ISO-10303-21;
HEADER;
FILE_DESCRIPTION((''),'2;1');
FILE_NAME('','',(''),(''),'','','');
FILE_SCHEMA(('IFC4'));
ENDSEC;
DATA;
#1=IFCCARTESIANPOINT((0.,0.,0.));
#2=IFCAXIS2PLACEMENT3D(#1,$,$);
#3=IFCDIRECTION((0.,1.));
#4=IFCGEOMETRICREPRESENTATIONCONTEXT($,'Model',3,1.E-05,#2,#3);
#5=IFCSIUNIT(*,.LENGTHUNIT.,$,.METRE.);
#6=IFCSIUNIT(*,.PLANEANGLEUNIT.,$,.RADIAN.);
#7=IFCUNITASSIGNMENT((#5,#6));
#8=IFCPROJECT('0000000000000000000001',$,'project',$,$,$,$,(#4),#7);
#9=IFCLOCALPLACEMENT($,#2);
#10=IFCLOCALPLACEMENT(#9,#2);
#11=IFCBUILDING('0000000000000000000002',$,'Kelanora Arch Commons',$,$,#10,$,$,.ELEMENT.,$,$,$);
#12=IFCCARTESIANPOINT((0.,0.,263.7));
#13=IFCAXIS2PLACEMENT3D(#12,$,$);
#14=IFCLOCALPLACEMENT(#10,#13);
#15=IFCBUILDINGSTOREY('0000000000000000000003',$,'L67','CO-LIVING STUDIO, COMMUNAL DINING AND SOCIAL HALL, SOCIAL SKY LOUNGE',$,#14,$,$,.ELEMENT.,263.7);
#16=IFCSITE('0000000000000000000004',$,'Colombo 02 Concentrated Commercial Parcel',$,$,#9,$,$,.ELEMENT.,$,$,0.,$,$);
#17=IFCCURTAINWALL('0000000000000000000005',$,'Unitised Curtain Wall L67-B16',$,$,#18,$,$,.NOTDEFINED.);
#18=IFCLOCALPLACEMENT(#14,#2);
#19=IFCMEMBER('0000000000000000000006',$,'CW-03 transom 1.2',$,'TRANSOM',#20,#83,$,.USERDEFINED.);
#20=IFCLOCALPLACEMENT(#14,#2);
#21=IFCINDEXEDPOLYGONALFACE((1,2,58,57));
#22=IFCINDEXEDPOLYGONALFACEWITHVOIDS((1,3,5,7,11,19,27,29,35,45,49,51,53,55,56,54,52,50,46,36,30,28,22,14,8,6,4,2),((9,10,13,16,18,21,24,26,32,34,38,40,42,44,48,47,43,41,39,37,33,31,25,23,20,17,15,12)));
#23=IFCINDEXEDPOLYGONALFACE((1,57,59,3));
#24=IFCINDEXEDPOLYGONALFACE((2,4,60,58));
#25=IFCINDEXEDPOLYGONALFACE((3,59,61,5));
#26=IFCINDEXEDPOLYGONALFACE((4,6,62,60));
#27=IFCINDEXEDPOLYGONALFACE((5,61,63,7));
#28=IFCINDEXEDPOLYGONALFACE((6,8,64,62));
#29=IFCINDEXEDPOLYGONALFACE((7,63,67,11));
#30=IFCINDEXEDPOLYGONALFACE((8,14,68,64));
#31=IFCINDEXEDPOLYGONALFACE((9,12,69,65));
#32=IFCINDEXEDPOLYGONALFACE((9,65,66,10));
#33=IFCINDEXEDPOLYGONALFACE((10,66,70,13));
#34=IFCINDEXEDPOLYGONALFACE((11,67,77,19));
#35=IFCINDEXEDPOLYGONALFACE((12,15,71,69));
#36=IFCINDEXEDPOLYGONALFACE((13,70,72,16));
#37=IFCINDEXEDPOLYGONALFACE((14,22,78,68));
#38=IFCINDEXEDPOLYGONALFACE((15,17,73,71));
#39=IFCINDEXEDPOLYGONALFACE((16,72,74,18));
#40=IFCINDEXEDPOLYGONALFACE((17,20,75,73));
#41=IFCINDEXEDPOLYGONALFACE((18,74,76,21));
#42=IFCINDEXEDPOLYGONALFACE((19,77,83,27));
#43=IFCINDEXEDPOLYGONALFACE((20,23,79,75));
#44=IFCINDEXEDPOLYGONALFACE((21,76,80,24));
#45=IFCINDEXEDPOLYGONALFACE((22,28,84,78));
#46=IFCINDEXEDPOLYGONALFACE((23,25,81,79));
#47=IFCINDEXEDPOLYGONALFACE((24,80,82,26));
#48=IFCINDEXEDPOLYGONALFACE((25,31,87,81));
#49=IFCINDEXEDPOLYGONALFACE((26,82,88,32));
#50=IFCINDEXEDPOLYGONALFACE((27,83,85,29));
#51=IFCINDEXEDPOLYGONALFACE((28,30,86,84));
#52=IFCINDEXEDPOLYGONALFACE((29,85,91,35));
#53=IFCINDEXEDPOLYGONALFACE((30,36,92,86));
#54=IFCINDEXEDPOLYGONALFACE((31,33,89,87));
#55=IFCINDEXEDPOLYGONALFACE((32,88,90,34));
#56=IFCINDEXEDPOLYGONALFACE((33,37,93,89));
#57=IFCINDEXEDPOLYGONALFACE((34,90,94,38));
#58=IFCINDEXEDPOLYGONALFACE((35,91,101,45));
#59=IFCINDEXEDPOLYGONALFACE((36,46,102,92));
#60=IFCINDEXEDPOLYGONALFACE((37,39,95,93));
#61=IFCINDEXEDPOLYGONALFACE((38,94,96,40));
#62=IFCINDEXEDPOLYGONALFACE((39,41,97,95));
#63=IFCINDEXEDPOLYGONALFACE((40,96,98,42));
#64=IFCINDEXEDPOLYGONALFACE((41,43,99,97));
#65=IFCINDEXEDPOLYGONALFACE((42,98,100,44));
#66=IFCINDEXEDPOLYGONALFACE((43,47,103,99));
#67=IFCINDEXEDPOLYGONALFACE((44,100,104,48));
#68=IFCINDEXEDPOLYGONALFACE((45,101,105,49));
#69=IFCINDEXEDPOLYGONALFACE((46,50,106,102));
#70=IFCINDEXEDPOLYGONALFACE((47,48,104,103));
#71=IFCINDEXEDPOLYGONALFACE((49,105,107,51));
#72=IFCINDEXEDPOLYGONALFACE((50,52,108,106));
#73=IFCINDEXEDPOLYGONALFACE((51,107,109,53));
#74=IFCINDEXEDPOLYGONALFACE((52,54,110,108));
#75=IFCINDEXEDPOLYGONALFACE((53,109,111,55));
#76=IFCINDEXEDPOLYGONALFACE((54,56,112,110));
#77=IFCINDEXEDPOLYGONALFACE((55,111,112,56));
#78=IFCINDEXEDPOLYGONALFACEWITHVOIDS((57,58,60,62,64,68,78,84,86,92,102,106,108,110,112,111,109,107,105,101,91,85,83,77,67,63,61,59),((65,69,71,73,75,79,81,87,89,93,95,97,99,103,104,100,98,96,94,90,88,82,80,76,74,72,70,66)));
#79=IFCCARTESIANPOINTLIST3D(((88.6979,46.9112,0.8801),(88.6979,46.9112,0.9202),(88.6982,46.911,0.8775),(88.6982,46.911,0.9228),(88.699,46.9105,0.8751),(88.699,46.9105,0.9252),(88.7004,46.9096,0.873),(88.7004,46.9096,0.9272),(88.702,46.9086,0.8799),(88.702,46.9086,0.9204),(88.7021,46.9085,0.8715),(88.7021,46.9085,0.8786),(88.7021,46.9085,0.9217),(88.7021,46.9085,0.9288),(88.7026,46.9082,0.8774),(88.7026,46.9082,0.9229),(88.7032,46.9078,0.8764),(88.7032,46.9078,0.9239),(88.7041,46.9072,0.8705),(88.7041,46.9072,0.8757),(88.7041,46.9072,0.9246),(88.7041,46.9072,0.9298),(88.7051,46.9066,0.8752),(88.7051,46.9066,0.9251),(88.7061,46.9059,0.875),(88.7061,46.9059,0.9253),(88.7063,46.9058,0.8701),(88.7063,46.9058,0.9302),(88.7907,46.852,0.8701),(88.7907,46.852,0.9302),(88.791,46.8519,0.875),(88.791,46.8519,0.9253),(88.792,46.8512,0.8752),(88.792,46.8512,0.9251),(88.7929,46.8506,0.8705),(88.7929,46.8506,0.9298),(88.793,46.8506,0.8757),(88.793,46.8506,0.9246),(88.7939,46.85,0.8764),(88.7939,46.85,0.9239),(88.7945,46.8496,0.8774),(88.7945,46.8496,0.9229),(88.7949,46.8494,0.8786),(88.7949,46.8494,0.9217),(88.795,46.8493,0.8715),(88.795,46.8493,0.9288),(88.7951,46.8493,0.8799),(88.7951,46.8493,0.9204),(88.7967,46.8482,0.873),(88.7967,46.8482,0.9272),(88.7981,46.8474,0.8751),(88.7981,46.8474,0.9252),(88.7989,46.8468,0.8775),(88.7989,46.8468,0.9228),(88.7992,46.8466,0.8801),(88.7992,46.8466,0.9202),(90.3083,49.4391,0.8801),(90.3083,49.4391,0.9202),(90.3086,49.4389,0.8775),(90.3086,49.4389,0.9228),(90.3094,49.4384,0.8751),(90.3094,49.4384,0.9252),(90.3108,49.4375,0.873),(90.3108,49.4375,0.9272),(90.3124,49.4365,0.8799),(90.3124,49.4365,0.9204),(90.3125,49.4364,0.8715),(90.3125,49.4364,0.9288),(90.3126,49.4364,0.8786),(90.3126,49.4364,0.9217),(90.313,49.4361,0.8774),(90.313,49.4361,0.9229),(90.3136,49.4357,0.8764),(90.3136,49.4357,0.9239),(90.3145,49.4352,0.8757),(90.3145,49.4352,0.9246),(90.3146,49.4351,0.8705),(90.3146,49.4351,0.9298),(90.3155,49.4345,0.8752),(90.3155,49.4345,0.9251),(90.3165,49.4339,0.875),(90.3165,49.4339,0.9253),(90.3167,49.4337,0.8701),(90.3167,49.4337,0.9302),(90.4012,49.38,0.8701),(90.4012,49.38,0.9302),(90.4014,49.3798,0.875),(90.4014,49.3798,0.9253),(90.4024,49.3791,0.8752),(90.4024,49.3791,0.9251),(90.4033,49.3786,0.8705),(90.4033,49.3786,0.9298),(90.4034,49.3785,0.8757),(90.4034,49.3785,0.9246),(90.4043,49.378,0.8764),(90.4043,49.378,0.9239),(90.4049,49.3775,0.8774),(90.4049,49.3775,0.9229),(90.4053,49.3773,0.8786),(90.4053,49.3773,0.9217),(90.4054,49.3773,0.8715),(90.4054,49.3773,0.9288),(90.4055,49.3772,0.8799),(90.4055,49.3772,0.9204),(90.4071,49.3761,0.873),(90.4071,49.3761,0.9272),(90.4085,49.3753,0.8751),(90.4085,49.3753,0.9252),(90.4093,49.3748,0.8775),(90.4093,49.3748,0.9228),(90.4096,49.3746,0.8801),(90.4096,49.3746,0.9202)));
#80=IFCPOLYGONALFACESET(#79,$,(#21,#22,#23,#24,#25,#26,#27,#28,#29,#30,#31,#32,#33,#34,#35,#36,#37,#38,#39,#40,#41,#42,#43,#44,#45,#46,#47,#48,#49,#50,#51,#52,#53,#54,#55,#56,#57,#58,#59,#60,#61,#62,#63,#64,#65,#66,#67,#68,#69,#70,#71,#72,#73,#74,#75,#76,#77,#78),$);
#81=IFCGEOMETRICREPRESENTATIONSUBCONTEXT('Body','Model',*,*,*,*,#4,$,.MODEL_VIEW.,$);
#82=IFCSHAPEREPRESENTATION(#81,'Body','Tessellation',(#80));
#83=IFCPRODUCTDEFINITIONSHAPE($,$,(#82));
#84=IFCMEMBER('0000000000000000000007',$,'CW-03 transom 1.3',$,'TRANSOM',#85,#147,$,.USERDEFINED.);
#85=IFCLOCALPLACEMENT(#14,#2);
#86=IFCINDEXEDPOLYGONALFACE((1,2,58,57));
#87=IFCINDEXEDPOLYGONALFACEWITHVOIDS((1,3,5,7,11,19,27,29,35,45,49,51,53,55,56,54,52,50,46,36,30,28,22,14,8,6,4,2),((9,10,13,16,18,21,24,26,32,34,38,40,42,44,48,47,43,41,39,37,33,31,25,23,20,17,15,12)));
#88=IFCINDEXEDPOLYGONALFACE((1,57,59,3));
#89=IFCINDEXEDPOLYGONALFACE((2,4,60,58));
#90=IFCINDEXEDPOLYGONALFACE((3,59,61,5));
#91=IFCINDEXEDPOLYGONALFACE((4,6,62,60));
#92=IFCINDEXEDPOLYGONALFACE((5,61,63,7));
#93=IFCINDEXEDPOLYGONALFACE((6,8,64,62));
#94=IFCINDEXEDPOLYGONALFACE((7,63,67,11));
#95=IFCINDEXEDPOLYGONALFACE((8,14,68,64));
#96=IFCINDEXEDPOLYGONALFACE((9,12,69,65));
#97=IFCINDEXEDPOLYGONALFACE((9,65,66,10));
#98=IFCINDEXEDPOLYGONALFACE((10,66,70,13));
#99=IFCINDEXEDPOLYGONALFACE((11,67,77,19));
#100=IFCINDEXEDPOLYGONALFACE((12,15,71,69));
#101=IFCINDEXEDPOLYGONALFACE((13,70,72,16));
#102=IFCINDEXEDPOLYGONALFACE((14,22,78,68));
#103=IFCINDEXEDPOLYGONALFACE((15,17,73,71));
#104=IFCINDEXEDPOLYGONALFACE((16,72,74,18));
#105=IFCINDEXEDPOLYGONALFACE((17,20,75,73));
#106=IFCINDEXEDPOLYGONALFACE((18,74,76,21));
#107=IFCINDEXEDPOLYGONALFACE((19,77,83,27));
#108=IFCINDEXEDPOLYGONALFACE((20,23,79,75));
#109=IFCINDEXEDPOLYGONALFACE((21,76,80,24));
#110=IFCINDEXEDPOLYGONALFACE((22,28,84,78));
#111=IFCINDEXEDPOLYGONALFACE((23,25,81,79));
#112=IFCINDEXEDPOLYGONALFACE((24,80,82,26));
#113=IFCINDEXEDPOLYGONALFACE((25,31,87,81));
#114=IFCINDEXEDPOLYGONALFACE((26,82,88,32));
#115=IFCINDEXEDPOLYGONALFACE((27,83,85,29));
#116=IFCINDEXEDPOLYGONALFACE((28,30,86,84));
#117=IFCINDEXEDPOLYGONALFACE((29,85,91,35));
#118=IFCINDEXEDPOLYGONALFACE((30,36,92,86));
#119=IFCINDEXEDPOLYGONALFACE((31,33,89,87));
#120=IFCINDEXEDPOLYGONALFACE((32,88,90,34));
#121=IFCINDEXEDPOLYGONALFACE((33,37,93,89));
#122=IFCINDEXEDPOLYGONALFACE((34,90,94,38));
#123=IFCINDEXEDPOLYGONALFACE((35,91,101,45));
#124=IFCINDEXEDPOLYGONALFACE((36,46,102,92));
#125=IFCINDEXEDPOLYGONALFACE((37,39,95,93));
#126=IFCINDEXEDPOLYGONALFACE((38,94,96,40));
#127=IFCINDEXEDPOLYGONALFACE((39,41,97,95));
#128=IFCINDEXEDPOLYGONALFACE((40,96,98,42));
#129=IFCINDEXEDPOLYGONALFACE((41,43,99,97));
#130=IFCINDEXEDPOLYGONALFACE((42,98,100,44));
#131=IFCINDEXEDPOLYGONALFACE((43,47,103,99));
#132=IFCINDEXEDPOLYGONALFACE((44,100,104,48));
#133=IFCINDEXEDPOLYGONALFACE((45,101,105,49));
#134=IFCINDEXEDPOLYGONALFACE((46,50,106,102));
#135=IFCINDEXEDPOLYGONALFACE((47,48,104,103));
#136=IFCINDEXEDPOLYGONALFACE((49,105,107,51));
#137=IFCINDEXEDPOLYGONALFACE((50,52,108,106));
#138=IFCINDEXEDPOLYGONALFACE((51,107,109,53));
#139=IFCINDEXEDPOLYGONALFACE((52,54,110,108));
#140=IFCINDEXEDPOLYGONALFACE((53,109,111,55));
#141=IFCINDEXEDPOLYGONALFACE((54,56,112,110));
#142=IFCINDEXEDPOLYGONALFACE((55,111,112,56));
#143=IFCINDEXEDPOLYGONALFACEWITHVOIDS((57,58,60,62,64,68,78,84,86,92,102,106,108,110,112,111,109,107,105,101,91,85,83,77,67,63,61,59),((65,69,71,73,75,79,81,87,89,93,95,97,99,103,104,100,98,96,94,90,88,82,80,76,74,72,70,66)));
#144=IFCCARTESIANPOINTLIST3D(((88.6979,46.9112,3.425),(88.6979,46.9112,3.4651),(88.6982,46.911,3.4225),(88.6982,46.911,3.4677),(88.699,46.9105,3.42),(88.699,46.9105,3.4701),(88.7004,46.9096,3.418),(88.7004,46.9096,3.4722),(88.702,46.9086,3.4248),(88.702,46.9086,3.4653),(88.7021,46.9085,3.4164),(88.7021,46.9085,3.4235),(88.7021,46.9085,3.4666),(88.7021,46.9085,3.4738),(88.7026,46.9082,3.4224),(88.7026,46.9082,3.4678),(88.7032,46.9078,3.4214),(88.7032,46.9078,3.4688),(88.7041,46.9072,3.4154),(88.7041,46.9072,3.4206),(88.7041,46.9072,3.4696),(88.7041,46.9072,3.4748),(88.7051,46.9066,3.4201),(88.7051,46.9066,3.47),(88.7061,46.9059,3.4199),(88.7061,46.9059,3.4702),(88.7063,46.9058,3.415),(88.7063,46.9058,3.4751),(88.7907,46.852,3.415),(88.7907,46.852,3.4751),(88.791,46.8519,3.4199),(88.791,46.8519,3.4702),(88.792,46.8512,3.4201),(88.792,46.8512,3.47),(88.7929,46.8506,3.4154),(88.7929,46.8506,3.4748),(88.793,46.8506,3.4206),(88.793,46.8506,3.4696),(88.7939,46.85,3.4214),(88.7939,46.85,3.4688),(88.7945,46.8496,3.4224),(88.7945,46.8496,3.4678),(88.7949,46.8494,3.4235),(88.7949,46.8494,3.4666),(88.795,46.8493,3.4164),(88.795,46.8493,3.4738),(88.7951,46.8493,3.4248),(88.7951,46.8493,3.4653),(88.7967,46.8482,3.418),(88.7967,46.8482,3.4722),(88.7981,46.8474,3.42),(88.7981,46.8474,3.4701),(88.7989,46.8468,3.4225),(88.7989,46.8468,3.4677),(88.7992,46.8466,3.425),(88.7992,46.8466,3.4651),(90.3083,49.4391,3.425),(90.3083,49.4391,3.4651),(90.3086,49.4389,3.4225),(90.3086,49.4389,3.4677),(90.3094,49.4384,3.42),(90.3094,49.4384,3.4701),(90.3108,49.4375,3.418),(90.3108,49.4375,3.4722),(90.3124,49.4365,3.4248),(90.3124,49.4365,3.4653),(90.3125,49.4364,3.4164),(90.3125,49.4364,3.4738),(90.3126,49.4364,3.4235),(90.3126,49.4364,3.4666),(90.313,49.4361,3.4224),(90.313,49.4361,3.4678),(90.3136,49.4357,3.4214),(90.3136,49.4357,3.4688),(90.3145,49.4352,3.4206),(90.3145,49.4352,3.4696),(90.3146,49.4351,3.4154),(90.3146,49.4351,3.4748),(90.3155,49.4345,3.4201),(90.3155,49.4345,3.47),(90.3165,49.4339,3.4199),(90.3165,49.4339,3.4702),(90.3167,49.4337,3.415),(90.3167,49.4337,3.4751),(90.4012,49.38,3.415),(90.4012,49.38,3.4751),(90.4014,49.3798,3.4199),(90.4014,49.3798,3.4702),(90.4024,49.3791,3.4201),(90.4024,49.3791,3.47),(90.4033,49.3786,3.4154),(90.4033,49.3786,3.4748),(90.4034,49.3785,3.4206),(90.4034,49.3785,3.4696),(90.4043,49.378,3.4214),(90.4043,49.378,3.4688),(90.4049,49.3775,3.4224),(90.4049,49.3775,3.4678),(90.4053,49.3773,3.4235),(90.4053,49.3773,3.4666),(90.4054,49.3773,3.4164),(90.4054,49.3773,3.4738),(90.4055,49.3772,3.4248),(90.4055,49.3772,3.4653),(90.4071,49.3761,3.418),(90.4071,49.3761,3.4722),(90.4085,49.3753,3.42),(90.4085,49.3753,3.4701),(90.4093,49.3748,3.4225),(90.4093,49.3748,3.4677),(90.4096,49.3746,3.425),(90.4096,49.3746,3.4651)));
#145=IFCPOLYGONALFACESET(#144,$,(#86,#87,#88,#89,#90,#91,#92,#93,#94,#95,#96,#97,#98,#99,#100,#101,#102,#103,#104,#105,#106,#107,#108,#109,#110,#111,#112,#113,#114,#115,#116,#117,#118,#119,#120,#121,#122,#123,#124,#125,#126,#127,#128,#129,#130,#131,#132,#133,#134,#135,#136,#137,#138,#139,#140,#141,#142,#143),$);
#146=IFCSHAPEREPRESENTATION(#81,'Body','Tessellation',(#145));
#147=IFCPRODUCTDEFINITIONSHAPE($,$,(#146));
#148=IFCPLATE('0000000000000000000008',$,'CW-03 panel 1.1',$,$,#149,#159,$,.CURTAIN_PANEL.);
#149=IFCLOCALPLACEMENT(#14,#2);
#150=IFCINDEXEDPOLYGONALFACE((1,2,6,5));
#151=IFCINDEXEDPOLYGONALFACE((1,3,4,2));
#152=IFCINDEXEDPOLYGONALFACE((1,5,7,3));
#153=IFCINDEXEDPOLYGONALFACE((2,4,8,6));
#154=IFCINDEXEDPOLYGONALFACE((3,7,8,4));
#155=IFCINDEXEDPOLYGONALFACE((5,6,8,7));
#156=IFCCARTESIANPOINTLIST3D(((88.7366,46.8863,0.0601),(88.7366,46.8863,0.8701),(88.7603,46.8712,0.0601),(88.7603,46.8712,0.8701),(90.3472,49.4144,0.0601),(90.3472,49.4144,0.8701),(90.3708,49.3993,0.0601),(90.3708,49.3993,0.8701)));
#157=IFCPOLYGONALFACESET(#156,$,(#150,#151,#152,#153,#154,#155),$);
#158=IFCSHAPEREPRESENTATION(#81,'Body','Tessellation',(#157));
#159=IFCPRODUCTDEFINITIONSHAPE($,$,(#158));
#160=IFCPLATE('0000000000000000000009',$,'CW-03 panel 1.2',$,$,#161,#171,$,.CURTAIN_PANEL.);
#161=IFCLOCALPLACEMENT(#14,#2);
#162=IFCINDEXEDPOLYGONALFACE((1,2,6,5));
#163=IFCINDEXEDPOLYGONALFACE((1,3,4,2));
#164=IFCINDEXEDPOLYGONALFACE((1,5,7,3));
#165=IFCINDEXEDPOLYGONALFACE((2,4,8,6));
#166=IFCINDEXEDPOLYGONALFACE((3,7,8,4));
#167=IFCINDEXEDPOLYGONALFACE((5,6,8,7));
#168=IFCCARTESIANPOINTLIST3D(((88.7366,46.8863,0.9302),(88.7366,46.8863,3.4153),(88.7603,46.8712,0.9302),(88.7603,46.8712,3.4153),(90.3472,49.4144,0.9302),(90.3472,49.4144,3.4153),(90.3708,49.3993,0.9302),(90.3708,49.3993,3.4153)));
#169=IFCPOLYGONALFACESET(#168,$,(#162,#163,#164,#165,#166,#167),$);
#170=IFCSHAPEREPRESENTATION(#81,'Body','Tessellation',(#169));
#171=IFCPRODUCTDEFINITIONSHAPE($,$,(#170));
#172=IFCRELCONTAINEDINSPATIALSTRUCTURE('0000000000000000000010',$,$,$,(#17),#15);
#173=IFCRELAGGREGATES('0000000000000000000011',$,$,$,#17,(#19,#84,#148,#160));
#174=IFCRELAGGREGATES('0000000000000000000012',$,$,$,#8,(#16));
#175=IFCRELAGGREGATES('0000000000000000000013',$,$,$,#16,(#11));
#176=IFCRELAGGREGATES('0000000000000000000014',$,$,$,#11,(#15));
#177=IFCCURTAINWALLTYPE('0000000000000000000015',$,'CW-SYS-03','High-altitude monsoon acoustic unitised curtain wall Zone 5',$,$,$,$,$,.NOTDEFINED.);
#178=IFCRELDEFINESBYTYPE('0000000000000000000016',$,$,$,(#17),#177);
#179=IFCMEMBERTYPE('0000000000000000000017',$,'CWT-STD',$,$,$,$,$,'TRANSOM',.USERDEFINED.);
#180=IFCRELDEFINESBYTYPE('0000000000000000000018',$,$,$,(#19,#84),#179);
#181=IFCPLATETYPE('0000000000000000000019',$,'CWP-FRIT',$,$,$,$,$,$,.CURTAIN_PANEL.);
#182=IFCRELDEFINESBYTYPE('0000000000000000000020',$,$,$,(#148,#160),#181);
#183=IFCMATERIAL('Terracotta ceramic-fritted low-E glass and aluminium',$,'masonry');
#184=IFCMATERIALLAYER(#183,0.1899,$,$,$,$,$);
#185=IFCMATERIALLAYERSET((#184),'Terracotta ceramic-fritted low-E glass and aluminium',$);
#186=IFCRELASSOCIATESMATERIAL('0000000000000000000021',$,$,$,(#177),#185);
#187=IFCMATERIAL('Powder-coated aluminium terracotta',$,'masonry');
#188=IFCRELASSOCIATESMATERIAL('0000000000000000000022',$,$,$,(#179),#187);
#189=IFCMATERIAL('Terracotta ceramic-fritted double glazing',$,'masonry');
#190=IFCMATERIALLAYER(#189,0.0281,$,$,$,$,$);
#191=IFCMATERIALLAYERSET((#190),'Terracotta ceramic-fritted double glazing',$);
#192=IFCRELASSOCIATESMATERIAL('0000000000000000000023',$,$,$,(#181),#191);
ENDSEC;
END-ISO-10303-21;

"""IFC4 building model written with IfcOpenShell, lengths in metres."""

from ifc_helpers import new_model, si_unit, direction, frame, origin, origin_2d, place, context, subcontext, project, spatial, rectangle, hollow_rectangle, extrude, source, transform, mapped, material, layer, layer_set, material_profile, profile_set, type_object, element, aggregate, save


model = new_model("IFC4")

# Units and contexts
model_context = context("Model", 3, precision=1e-05, world=origin(), true_north=direction((0.0, 1.0)))
body_context = subcontext(model_context, "Body", "Model", "MODEL_VIEW")
ifc_project = project(units=[si_unit("LENGTHUNIT", "METRE"), si_unit("PLANEANGLEUNIT", "RADIAN")], contexts=[model_context])

# Site, building, storey
site_placement = place(None, origin())
site = spatial("IfcSite", under=ifc_project, at=site_placement, Name="Colombo 02 Concentrated Commercial Parcel", CompositionType="ELEMENT", RefElevation=0.0)
building_placement = place(site_placement, origin())
building = spatial("IfcBuilding", under=site, at=building_placement, Name="Kelanora Arch Commons", CompositionType="ELEMENT")
storey_placement = place(building_placement, frame((0.0, 0.0, 263.7)))
storey = spatial("IfcBuildingStorey", under=building, at=storey_placement, Name="L67", Description="CO-LIVING STUDIO, COMMUNAL DINING AND SOCIAL HALL, SOCIAL SKY LOUNGE", CompositionType="ELEMENT", Elevation=263.7)

# Shared definitions
ifc_material_1 = material(Name="Terracotta ceramic-fritted low-E glass and aluminium", Category="masonry")
ifc_layer_1 = layer(ifc_material_1, 0.1899)
ifc_layer_set_1 = layer_set([ifc_layer_1], Name="Terracotta ceramic-fritted low-E glass and aluminium")
curtain_wall_type = type_object("IfcCurtainWallType", Name="CW-SYS-03", Description="High-altitude monsoon acoustic unitised curtain wall Zone 5", PredefinedType="NOTDEFINED", material=ifc_layer_set_1)
ifc_material_2 = material(Name="Powder-coated aluminium terracotta", Category="masonry")

# Curtain wall, members, plates
curtain_wall_1_placement = place(storey_placement, origin())
curtain_wall_1 = element("IfcCurtainWall", 1, at=curtain_wall_1_placement, inside=storey, type_object=curtain_wall_type, Name="Unitised Curtain Wall L67-B16", PredefinedType="NOTDEFINED")
ifc_material_profile_1 = material_profile(ifc_material_2, hollow_rectangle(XDim=0.1201, YDim=0.0601, WallThickness=0.0049, InnerFilletRadius=0.0049, OuterFilletRadius=0.01, at=origin_2d()), Name="CWT120x60")
ifc_profile_set_1 = profile_set([ifc_material_profile_1], Name="Powder-coated aluminium terracotta")
member_type_1 = type_object("IfcMemberType", Name="CWT-STD", ElementType="TRANSOM", PredefinedType="USERDEFINED", material=ifc_profile_set_1)
member_1_placement = place(storey_placement, frame((88.7485, 46.8789, 0.9001), z_axis=(0.537287, 0.8434, 0.0), x_axis=(-0.8434, 0.537287, 0.0)))
member_1 = element("IfcMember", 2, at=member_1_placement, type_object=member_type_1, Name="CW-03 transom 1.2", ObjectType="TRANSOM", PredefinedType="USERDEFINED", context=body_context, shape_type="SweptSolid", body=[
    extrude(hollow_rectangle(XDim=0.1201, YDim=0.0601, WallThickness=0.0049, InnerFilletRadius=0.0049, OuterFilletRadius=0.01, at=origin_2d()), origin(), (0.0, 0.0, 1.0), 2.9973),
])
member_2_placement = place(storey_placement, frame((88.7485, 46.8789, 3.4451), z_axis=(0.537287, 0.8434, 0.0), x_axis=(-0.8434, 0.537287, 0.0)))
member_2 = element("IfcMember", 3, at=member_2_placement, type_object=member_type_1, Name="CW-03 transom 1.3", ObjectType="TRANSOM", PredefinedType="USERDEFINED", context=body_context, shape_type="SweptSolid", body=[
    extrude(hollow_rectangle(XDim=0.1201, YDim=0.0601, WallThickness=0.0049, InnerFilletRadius=0.0049, OuterFilletRadius=0.01, at=origin_2d()), origin(), (0.0, 0.0, 1.0), 2.9973),
])
ifc_material_3 = material(Name="Terracotta ceramic-fritted double glazing", Category="masonry")
ifc_layer_2 = layer(ifc_material_3, 0.0281)
ifc_layer_set_2 = layer_set([ifc_layer_2], Name="Terracotta ceramic-fritted double glazing")
plate_type = type_object("IfcPlateType", Name="CWP-FRIT", PredefinedType="CURTAIN_PANEL", material=ifc_layer_set_2)
shared_shape_1 = source(origin(), body_context, "Body", "SweptSolid", [
    extrude(rectangle(XDim=2.9976, YDim=0.0281, at=origin_2d()), origin(), (0.0, 0.0, 1.0), 0.8101),
])
plate_1_placement = place(storey_placement, frame((89.5537, 48.1428, 0.0601), z_axis=(0.0, 0.0, 1.0), x_axis=(0.5373, 0.843391, 0.0)))
plate_1 = element("IfcPlate", 4, at=plate_1_placement, type_object=plate_type, Name="CW-03 panel 1.1", PredefinedType="CURTAIN_PANEL", context=body_context, shape_type="MappedRepresentation", body=[
    mapped(shared_shape_1, transform((0.0, 0.0, 0.0), scale=1.0)),
])
shared_shape_2 = source(origin(), body_context, "Body", "SweptSolid", [
    extrude(rectangle(XDim=2.9976, YDim=0.0281, at=origin_2d()), origin(), (0.0, 0.0, 1.0), 2.4851),
])
plate_2_placement = place(storey_placement, frame((89.5537, 48.1428, 0.9302), z_axis=(0.0, 0.0, 1.0), x_axis=(0.5373, 0.843391, 0.0)))
plate_2 = element("IfcPlate", 5, at=plate_2_placement, type_object=plate_type, Name="CW-03 panel 1.2", PredefinedType="CURTAIN_PANEL", context=body_context, shape_type="MappedRepresentation", body=[
    mapped(shared_shape_2, transform((0.0, 0.0, 0.0), scale=1.0)),
])
aggregate(curtain_wall_1, [member_1, member_2, plate_1, plate_2])

save(model, "model.ifc")
